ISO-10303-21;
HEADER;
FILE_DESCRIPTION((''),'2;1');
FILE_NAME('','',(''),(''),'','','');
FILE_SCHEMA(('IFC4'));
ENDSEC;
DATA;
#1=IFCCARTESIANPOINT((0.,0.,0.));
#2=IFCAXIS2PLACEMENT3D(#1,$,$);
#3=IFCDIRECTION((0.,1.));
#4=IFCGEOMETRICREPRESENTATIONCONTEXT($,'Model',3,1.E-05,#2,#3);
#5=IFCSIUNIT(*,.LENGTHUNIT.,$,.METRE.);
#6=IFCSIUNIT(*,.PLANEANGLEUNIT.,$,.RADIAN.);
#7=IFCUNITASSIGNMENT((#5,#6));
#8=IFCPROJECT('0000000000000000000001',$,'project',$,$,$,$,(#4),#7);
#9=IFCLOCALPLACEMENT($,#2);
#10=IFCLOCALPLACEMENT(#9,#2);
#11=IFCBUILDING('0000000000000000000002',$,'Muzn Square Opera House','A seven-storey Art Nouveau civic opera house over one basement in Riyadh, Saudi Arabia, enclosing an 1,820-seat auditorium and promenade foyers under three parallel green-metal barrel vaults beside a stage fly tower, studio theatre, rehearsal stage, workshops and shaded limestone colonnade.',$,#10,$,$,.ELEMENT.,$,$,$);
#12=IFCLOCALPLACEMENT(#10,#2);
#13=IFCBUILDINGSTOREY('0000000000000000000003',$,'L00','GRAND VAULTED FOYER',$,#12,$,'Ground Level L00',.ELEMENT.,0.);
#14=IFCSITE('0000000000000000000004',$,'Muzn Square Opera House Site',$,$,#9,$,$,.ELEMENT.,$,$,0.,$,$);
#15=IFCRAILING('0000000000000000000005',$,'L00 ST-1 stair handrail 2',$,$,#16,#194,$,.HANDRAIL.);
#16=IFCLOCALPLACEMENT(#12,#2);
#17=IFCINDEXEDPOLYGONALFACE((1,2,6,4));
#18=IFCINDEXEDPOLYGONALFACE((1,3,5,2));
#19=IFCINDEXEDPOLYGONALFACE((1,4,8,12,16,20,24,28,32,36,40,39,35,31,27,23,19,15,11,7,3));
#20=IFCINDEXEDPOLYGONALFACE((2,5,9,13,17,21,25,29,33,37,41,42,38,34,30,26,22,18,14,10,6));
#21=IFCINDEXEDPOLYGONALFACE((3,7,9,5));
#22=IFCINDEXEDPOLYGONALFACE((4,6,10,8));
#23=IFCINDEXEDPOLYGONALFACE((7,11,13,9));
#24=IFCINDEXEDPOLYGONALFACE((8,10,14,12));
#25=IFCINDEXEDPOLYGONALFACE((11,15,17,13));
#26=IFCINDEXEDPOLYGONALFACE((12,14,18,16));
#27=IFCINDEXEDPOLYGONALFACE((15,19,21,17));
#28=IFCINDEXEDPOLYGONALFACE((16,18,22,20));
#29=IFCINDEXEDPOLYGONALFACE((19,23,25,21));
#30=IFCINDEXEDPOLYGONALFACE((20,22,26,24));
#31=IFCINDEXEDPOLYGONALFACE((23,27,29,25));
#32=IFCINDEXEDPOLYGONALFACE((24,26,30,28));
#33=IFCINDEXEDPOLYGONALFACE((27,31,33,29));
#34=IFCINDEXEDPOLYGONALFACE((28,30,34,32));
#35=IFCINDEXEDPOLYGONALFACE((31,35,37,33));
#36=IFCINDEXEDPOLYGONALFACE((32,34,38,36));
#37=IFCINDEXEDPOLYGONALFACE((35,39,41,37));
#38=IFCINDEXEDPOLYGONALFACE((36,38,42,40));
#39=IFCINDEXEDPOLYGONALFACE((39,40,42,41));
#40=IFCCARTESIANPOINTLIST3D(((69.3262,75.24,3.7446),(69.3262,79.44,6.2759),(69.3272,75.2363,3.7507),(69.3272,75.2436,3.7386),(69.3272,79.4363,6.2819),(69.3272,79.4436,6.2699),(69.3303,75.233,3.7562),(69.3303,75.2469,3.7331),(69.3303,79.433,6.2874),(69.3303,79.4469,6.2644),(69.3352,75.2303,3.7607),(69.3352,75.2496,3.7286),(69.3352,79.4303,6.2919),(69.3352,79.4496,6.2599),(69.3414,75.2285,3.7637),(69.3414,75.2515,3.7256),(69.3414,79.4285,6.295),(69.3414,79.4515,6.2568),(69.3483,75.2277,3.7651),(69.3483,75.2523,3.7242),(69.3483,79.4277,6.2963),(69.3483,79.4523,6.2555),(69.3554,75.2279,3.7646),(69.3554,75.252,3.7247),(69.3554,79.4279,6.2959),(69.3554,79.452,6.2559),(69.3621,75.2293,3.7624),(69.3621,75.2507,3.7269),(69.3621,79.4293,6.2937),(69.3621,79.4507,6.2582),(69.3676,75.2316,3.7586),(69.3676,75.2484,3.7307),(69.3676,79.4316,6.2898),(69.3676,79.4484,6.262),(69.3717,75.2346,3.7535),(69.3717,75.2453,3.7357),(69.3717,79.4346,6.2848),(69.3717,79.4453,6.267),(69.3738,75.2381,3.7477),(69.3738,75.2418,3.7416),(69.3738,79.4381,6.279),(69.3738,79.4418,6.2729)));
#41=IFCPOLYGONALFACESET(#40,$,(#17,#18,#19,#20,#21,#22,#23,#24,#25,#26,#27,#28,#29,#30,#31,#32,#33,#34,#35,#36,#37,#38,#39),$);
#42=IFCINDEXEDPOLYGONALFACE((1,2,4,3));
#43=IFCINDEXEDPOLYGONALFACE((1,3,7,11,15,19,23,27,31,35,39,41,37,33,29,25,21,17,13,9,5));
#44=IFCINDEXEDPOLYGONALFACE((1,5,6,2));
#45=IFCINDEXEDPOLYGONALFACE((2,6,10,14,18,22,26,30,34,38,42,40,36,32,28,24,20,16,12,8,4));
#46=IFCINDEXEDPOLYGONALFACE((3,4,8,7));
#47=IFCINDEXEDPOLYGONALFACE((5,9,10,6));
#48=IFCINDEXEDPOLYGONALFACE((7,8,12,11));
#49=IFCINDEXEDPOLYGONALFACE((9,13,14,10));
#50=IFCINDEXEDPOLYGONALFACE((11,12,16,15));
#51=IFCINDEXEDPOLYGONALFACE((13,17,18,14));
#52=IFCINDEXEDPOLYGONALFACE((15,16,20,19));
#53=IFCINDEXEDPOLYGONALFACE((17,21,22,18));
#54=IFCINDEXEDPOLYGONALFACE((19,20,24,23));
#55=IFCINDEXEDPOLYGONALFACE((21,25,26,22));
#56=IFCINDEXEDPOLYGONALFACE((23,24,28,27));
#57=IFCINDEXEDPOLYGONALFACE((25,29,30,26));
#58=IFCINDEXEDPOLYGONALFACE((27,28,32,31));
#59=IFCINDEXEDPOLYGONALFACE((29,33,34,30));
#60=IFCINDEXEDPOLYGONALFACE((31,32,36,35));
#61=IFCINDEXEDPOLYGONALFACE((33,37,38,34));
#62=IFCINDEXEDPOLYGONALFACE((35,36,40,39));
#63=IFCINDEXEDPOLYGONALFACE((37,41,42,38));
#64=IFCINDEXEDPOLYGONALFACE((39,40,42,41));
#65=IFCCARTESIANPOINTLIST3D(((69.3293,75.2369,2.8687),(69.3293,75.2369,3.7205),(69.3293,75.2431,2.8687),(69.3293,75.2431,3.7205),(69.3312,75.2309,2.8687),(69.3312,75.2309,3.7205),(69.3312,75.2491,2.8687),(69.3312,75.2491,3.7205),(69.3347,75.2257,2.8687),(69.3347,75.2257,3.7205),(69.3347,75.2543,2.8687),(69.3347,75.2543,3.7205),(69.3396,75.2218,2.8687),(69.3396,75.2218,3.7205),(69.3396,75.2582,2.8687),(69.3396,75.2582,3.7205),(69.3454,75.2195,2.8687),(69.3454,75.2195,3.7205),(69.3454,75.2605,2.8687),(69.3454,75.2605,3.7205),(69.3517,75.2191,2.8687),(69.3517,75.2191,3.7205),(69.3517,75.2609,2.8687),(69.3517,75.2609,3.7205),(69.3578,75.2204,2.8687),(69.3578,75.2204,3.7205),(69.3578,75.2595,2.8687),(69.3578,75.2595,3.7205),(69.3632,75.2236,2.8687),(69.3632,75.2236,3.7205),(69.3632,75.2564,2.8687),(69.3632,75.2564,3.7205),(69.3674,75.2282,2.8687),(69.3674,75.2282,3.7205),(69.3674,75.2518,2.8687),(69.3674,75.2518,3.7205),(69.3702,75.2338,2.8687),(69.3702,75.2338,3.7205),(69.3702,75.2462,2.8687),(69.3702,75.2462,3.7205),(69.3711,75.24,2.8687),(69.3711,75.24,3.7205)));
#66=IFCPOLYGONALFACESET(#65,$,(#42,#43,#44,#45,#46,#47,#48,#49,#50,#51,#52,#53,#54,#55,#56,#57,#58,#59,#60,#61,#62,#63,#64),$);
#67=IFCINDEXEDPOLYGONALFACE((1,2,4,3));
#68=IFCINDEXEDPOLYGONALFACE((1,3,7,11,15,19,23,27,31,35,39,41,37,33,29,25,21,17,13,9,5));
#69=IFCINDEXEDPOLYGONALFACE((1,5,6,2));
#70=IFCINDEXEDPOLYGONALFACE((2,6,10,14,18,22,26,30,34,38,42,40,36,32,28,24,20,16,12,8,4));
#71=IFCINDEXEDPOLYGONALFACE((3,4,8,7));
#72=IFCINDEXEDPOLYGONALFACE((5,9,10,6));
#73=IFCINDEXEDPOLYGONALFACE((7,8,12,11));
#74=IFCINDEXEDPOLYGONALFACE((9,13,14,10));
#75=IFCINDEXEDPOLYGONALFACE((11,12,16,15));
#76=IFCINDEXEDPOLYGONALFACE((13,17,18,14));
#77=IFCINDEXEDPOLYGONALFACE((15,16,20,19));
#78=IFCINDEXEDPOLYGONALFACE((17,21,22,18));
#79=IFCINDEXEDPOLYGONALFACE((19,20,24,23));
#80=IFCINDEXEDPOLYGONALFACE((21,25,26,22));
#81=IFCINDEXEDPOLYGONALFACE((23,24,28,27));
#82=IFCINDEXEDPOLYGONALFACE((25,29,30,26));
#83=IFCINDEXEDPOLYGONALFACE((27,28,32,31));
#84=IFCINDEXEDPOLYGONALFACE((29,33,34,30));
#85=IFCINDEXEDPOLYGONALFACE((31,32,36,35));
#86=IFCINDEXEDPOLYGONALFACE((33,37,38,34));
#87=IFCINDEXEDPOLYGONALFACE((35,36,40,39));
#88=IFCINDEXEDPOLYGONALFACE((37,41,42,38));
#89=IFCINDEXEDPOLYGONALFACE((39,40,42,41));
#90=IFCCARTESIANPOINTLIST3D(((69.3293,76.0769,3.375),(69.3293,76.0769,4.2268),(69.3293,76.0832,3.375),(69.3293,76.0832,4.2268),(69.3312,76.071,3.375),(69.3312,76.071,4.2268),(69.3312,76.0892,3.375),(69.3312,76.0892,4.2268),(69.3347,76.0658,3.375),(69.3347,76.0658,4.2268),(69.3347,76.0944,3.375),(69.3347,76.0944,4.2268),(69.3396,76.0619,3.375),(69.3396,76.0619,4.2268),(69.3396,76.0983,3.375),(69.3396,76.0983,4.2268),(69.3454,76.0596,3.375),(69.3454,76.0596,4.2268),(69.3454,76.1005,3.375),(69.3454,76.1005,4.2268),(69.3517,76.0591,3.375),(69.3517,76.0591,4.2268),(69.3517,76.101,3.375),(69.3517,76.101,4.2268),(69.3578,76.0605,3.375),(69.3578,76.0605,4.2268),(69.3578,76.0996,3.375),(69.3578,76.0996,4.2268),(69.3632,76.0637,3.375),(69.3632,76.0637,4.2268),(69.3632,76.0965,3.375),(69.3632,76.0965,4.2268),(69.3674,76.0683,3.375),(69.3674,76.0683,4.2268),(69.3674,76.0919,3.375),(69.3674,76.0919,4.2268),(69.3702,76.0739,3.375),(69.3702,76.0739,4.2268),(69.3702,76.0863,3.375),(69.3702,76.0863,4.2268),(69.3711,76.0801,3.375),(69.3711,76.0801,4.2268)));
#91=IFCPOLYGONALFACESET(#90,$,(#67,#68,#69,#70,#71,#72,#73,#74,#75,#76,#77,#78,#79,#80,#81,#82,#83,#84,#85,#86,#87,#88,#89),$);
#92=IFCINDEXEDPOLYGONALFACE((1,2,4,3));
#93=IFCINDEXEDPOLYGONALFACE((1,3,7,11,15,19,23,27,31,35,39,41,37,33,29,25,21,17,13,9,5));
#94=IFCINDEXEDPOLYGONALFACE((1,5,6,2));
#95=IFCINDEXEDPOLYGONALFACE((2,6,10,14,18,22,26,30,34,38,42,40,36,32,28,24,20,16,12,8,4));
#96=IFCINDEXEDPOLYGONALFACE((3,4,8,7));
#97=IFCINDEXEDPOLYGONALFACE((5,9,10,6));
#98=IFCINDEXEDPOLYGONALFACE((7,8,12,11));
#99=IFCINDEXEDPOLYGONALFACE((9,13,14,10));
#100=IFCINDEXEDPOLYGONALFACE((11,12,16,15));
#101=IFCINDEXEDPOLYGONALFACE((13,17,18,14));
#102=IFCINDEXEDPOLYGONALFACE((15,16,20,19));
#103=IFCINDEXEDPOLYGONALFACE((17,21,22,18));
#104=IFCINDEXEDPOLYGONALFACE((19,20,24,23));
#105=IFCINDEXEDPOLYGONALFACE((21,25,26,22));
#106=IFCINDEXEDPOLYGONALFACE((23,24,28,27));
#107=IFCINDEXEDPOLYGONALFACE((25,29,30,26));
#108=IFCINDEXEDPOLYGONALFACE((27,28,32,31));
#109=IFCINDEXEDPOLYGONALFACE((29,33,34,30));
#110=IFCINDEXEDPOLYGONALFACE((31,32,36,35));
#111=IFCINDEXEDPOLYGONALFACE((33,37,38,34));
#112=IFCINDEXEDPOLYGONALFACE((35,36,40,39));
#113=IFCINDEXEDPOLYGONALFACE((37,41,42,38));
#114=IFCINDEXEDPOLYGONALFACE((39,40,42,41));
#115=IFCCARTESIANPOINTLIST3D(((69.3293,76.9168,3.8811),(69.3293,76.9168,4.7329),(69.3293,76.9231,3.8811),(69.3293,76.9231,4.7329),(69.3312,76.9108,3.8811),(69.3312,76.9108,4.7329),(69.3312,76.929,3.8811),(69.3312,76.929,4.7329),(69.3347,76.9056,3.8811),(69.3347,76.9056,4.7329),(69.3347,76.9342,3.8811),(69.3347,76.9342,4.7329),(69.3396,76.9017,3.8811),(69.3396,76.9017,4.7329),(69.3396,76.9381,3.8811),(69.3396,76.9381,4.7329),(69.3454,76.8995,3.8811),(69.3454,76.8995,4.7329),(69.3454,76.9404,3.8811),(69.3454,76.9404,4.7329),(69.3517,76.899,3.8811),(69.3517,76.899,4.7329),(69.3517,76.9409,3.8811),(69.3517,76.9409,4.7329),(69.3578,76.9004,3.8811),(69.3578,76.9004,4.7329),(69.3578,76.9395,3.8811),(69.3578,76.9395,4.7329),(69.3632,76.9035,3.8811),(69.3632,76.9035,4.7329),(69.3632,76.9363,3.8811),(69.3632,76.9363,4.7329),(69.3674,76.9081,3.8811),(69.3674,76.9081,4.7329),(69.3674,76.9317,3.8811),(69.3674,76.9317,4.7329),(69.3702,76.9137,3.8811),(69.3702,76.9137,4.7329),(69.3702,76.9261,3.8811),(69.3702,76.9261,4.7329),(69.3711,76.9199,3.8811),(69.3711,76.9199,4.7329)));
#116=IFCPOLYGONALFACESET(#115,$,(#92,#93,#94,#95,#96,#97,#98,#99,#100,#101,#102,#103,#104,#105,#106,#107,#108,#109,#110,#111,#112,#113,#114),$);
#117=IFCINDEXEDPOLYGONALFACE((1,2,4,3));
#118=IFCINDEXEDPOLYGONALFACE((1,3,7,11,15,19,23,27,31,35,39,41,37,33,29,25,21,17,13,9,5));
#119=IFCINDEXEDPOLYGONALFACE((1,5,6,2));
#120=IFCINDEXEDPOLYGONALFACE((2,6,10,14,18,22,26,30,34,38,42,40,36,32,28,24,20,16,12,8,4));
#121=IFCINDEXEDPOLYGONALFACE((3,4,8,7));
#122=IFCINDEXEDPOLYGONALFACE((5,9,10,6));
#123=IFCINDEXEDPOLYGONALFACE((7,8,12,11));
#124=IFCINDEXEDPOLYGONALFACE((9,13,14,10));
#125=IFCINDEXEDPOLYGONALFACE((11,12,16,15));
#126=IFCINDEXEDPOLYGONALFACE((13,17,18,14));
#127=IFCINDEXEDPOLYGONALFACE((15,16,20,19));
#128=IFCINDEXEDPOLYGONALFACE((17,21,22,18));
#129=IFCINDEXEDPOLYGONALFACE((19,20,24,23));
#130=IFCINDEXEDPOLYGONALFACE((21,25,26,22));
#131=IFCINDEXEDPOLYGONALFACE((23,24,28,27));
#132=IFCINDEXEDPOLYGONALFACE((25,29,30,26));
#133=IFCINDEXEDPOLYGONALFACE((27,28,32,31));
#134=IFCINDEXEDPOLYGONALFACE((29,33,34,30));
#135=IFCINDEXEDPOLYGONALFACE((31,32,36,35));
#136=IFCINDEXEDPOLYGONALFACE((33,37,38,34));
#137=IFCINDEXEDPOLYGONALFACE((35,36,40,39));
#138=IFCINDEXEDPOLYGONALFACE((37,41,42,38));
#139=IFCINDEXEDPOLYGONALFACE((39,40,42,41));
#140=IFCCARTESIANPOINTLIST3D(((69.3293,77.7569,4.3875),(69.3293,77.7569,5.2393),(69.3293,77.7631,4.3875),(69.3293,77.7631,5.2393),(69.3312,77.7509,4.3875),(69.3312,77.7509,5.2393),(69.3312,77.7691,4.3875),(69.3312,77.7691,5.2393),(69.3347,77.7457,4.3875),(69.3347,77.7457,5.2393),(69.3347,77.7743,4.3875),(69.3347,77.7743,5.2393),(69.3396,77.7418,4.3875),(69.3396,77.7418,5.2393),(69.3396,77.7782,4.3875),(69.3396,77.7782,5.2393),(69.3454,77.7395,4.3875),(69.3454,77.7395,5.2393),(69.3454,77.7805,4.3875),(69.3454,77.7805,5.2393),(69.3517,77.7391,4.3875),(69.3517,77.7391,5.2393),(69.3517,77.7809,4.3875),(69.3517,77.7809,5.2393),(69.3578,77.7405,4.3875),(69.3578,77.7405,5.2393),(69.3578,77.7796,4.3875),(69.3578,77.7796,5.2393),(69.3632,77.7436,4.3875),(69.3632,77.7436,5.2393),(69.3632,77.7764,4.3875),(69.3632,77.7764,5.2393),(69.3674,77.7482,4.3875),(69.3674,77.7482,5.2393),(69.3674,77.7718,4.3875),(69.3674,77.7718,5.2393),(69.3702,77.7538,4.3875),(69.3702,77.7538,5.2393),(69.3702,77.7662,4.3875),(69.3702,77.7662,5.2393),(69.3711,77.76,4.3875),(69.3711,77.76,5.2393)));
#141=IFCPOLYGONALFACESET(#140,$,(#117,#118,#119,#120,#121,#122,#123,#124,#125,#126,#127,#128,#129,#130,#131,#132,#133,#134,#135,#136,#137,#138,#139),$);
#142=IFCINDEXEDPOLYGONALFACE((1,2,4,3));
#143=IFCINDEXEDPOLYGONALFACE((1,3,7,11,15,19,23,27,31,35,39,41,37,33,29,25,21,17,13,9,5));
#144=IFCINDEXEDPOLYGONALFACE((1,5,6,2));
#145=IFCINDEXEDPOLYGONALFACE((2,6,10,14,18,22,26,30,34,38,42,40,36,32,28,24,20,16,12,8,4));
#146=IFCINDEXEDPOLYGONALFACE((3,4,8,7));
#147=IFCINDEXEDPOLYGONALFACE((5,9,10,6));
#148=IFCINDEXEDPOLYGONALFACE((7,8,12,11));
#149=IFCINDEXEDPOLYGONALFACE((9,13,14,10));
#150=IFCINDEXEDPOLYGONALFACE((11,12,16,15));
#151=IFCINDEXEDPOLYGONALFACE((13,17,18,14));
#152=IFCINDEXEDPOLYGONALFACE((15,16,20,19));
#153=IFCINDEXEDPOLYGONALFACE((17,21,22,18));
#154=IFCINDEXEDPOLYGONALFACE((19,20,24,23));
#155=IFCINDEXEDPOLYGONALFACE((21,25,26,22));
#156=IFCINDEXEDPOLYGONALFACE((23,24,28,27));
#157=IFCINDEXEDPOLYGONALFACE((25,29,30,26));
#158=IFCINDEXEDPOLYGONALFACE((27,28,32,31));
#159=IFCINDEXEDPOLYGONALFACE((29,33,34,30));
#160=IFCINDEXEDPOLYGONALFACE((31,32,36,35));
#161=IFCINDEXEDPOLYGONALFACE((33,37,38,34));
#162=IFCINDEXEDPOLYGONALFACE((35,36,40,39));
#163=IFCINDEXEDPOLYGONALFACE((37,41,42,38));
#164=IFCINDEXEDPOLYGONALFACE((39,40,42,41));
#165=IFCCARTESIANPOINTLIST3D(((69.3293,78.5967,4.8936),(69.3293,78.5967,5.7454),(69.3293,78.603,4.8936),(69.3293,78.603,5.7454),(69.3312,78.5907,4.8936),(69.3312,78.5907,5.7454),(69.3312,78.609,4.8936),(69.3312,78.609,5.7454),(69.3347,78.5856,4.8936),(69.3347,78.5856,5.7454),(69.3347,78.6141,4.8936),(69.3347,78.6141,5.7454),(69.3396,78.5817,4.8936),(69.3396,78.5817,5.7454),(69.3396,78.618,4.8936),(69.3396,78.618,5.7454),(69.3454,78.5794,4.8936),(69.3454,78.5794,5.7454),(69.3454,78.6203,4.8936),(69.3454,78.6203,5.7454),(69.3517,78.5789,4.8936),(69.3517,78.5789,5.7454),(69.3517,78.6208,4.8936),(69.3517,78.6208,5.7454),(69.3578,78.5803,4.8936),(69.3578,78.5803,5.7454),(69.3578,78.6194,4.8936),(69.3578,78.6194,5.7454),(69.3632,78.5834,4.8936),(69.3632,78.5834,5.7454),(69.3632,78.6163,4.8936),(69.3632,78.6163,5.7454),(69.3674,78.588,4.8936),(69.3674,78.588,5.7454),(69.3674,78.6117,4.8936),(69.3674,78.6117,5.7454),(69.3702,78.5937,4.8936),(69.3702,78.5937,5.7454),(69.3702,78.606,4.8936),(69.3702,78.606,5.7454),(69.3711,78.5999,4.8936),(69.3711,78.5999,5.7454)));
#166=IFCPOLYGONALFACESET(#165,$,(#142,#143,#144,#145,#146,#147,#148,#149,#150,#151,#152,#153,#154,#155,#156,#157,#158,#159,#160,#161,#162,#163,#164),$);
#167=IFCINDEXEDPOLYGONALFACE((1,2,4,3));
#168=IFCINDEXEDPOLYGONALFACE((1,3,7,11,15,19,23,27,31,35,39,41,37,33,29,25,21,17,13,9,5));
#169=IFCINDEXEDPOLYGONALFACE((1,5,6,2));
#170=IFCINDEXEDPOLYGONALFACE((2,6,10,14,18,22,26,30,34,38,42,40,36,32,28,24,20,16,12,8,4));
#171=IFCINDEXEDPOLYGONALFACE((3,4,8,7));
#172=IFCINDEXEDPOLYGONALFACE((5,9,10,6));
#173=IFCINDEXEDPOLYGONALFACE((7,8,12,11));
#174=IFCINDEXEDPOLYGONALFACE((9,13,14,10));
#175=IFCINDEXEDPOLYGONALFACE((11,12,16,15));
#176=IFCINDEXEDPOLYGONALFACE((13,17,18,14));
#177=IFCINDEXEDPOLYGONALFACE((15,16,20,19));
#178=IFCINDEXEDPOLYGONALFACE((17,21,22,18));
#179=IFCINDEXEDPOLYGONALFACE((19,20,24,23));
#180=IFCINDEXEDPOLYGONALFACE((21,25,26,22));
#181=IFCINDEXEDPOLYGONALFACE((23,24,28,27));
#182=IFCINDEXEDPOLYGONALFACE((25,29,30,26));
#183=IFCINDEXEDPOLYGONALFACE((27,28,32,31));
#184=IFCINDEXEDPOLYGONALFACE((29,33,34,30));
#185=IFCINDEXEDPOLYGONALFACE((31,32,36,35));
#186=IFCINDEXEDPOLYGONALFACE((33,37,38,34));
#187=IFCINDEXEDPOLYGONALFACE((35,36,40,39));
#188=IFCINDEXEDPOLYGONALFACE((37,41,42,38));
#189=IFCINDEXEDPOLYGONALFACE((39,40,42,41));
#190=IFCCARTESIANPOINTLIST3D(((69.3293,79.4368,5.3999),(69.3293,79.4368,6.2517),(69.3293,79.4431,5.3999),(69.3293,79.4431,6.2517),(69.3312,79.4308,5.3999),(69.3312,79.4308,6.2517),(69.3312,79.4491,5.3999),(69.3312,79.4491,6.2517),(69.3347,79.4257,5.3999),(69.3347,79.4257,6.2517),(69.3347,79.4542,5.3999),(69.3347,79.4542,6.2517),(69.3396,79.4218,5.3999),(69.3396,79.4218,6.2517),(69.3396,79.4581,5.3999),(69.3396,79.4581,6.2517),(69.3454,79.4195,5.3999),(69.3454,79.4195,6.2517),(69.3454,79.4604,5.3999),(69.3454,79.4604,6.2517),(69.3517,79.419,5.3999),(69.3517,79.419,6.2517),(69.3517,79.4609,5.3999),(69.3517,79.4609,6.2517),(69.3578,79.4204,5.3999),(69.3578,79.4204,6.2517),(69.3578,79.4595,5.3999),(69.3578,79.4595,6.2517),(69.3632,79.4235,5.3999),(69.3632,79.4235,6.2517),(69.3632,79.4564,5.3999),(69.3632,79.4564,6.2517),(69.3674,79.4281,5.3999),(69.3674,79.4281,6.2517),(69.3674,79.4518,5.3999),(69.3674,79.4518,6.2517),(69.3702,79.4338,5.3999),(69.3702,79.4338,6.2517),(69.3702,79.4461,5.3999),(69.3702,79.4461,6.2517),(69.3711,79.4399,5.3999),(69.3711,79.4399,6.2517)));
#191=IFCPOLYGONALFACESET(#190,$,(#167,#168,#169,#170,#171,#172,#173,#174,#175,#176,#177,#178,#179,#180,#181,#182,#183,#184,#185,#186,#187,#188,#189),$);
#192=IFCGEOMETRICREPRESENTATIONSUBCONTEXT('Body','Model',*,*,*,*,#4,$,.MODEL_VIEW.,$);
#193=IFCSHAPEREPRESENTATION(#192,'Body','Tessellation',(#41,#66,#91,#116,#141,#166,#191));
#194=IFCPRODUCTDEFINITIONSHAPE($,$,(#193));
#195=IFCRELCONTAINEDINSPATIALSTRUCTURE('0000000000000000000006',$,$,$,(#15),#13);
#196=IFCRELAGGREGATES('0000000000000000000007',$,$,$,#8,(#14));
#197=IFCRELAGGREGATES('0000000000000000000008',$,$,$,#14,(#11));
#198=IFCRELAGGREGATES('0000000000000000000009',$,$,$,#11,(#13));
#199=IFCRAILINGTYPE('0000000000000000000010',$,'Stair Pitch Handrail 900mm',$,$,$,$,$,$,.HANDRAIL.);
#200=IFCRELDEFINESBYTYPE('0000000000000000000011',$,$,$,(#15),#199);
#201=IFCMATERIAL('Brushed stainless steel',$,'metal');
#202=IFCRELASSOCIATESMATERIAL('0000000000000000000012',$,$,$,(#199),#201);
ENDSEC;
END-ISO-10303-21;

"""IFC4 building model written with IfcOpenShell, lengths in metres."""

from ifc_helpers import new_model, si_unit, direction, frame, origin, origin_2d, place, context, subcontext, project, spatial, circle, extrude, material, type_object, element, save


model = new_model("IFC4")

# Units and contexts
model_context = context("Model", 3, precision=1e-05, world=origin(), true_north=direction((0.0, 1.0)))
body_context = subcontext(model_context, "Body", "Model", "MODEL_VIEW")
ifc_project = project(units=[si_unit("LENGTHUNIT", "METRE"), si_unit("PLANEANGLEUNIT", "RADIAN")], contexts=[model_context])

# Site, building, storey
site_placement = place(None, origin())
site = spatial("IfcSite", under=ifc_project, at=site_placement, Name="Muzn Square Opera House Site", CompositionType="ELEMENT", RefElevation=0.0)
building_placement = place(site_placement, origin())
building = spatial("IfcBuilding", under=site, at=building_placement, Name="Muzn Square Opera House", Description="A seven-storey Art Nouveau civic opera house over one basement in Riyadh, Saudi Arabia, enclosing an 1,820-seat auditorium and promenade foyers under three parallel green-metal barrel vaults beside a stage fly tower, studio theatre, rehearsal stage, workshops and shaded limestone colonnade.", CompositionType="ELEMENT")
storey_placement = place(building_placement, origin())
storey = spatial("IfcBuildingStorey", under=building, at=storey_placement, Name="L00", Description="GRAND VAULTED FOYER", LongName="Ground Level L00", CompositionType="ELEMENT", Elevation=0.0)

# Railing
ifc_material_1 = material(Name="Brushed stainless steel", Category="metal")
railing_type_1 = type_object("IfcRailingType", Name="Stair Pitch Handrail 900mm", PredefinedType="HANDRAIL", material=ifc_material_1)
railing_1_placement = place(storey_placement, frame((69.3501, 75.24, 2.8687)))
element("IfcRailing", 1, at=railing_1_placement, inside=storey, type_object=railing_type_1, Name="L00 ST-1 stair handrail 2", PredefinedType="HANDRAIL", context=body_context, shape_type="SweptSolid", body=[
    extrude(circle(Radius=0.0239, at=origin_2d()), frame((0.0, 0.0, 0.876), z_axis=(0.0, 0.856476, 0.516186), x_axis=(-1.0, 0.0, 0.0)), (0.0, 0.0, 1.0), 4.9038),
    extrude(circle(Radius=0.021, at=origin_2d()), origin(), (0.0, 0.0, 1.0), 0.8518),
    extrude(circle(Radius=0.021, at=origin_2d()), frame((0.0, 0.8401, 0.5063)), (0.0, 0.0, 1.0), 0.8518),
    extrude(circle(Radius=0.021, at=origin_2d()), frame((0.0, 1.6799, 1.0125)), (0.0, 0.0, 1.0), 0.8518),
    extrude(circle(Radius=0.021, at=origin_2d()), frame((0.0, 2.52, 1.5188)), (0.0, 0.0, 1.0), 0.8518),
    extrude(circle(Radius=0.021, at=origin_2d()), frame((0.0, 3.3599, 2.0249)), (0.0, 0.0, 1.0), 0.8518),
    extrude(circle(Radius=0.021, at=origin_2d()), frame((0.0, 4.2, 2.5312)), (0.0, 0.0, 1.0), 0.8518),
])

save(model, "model.ifc")
